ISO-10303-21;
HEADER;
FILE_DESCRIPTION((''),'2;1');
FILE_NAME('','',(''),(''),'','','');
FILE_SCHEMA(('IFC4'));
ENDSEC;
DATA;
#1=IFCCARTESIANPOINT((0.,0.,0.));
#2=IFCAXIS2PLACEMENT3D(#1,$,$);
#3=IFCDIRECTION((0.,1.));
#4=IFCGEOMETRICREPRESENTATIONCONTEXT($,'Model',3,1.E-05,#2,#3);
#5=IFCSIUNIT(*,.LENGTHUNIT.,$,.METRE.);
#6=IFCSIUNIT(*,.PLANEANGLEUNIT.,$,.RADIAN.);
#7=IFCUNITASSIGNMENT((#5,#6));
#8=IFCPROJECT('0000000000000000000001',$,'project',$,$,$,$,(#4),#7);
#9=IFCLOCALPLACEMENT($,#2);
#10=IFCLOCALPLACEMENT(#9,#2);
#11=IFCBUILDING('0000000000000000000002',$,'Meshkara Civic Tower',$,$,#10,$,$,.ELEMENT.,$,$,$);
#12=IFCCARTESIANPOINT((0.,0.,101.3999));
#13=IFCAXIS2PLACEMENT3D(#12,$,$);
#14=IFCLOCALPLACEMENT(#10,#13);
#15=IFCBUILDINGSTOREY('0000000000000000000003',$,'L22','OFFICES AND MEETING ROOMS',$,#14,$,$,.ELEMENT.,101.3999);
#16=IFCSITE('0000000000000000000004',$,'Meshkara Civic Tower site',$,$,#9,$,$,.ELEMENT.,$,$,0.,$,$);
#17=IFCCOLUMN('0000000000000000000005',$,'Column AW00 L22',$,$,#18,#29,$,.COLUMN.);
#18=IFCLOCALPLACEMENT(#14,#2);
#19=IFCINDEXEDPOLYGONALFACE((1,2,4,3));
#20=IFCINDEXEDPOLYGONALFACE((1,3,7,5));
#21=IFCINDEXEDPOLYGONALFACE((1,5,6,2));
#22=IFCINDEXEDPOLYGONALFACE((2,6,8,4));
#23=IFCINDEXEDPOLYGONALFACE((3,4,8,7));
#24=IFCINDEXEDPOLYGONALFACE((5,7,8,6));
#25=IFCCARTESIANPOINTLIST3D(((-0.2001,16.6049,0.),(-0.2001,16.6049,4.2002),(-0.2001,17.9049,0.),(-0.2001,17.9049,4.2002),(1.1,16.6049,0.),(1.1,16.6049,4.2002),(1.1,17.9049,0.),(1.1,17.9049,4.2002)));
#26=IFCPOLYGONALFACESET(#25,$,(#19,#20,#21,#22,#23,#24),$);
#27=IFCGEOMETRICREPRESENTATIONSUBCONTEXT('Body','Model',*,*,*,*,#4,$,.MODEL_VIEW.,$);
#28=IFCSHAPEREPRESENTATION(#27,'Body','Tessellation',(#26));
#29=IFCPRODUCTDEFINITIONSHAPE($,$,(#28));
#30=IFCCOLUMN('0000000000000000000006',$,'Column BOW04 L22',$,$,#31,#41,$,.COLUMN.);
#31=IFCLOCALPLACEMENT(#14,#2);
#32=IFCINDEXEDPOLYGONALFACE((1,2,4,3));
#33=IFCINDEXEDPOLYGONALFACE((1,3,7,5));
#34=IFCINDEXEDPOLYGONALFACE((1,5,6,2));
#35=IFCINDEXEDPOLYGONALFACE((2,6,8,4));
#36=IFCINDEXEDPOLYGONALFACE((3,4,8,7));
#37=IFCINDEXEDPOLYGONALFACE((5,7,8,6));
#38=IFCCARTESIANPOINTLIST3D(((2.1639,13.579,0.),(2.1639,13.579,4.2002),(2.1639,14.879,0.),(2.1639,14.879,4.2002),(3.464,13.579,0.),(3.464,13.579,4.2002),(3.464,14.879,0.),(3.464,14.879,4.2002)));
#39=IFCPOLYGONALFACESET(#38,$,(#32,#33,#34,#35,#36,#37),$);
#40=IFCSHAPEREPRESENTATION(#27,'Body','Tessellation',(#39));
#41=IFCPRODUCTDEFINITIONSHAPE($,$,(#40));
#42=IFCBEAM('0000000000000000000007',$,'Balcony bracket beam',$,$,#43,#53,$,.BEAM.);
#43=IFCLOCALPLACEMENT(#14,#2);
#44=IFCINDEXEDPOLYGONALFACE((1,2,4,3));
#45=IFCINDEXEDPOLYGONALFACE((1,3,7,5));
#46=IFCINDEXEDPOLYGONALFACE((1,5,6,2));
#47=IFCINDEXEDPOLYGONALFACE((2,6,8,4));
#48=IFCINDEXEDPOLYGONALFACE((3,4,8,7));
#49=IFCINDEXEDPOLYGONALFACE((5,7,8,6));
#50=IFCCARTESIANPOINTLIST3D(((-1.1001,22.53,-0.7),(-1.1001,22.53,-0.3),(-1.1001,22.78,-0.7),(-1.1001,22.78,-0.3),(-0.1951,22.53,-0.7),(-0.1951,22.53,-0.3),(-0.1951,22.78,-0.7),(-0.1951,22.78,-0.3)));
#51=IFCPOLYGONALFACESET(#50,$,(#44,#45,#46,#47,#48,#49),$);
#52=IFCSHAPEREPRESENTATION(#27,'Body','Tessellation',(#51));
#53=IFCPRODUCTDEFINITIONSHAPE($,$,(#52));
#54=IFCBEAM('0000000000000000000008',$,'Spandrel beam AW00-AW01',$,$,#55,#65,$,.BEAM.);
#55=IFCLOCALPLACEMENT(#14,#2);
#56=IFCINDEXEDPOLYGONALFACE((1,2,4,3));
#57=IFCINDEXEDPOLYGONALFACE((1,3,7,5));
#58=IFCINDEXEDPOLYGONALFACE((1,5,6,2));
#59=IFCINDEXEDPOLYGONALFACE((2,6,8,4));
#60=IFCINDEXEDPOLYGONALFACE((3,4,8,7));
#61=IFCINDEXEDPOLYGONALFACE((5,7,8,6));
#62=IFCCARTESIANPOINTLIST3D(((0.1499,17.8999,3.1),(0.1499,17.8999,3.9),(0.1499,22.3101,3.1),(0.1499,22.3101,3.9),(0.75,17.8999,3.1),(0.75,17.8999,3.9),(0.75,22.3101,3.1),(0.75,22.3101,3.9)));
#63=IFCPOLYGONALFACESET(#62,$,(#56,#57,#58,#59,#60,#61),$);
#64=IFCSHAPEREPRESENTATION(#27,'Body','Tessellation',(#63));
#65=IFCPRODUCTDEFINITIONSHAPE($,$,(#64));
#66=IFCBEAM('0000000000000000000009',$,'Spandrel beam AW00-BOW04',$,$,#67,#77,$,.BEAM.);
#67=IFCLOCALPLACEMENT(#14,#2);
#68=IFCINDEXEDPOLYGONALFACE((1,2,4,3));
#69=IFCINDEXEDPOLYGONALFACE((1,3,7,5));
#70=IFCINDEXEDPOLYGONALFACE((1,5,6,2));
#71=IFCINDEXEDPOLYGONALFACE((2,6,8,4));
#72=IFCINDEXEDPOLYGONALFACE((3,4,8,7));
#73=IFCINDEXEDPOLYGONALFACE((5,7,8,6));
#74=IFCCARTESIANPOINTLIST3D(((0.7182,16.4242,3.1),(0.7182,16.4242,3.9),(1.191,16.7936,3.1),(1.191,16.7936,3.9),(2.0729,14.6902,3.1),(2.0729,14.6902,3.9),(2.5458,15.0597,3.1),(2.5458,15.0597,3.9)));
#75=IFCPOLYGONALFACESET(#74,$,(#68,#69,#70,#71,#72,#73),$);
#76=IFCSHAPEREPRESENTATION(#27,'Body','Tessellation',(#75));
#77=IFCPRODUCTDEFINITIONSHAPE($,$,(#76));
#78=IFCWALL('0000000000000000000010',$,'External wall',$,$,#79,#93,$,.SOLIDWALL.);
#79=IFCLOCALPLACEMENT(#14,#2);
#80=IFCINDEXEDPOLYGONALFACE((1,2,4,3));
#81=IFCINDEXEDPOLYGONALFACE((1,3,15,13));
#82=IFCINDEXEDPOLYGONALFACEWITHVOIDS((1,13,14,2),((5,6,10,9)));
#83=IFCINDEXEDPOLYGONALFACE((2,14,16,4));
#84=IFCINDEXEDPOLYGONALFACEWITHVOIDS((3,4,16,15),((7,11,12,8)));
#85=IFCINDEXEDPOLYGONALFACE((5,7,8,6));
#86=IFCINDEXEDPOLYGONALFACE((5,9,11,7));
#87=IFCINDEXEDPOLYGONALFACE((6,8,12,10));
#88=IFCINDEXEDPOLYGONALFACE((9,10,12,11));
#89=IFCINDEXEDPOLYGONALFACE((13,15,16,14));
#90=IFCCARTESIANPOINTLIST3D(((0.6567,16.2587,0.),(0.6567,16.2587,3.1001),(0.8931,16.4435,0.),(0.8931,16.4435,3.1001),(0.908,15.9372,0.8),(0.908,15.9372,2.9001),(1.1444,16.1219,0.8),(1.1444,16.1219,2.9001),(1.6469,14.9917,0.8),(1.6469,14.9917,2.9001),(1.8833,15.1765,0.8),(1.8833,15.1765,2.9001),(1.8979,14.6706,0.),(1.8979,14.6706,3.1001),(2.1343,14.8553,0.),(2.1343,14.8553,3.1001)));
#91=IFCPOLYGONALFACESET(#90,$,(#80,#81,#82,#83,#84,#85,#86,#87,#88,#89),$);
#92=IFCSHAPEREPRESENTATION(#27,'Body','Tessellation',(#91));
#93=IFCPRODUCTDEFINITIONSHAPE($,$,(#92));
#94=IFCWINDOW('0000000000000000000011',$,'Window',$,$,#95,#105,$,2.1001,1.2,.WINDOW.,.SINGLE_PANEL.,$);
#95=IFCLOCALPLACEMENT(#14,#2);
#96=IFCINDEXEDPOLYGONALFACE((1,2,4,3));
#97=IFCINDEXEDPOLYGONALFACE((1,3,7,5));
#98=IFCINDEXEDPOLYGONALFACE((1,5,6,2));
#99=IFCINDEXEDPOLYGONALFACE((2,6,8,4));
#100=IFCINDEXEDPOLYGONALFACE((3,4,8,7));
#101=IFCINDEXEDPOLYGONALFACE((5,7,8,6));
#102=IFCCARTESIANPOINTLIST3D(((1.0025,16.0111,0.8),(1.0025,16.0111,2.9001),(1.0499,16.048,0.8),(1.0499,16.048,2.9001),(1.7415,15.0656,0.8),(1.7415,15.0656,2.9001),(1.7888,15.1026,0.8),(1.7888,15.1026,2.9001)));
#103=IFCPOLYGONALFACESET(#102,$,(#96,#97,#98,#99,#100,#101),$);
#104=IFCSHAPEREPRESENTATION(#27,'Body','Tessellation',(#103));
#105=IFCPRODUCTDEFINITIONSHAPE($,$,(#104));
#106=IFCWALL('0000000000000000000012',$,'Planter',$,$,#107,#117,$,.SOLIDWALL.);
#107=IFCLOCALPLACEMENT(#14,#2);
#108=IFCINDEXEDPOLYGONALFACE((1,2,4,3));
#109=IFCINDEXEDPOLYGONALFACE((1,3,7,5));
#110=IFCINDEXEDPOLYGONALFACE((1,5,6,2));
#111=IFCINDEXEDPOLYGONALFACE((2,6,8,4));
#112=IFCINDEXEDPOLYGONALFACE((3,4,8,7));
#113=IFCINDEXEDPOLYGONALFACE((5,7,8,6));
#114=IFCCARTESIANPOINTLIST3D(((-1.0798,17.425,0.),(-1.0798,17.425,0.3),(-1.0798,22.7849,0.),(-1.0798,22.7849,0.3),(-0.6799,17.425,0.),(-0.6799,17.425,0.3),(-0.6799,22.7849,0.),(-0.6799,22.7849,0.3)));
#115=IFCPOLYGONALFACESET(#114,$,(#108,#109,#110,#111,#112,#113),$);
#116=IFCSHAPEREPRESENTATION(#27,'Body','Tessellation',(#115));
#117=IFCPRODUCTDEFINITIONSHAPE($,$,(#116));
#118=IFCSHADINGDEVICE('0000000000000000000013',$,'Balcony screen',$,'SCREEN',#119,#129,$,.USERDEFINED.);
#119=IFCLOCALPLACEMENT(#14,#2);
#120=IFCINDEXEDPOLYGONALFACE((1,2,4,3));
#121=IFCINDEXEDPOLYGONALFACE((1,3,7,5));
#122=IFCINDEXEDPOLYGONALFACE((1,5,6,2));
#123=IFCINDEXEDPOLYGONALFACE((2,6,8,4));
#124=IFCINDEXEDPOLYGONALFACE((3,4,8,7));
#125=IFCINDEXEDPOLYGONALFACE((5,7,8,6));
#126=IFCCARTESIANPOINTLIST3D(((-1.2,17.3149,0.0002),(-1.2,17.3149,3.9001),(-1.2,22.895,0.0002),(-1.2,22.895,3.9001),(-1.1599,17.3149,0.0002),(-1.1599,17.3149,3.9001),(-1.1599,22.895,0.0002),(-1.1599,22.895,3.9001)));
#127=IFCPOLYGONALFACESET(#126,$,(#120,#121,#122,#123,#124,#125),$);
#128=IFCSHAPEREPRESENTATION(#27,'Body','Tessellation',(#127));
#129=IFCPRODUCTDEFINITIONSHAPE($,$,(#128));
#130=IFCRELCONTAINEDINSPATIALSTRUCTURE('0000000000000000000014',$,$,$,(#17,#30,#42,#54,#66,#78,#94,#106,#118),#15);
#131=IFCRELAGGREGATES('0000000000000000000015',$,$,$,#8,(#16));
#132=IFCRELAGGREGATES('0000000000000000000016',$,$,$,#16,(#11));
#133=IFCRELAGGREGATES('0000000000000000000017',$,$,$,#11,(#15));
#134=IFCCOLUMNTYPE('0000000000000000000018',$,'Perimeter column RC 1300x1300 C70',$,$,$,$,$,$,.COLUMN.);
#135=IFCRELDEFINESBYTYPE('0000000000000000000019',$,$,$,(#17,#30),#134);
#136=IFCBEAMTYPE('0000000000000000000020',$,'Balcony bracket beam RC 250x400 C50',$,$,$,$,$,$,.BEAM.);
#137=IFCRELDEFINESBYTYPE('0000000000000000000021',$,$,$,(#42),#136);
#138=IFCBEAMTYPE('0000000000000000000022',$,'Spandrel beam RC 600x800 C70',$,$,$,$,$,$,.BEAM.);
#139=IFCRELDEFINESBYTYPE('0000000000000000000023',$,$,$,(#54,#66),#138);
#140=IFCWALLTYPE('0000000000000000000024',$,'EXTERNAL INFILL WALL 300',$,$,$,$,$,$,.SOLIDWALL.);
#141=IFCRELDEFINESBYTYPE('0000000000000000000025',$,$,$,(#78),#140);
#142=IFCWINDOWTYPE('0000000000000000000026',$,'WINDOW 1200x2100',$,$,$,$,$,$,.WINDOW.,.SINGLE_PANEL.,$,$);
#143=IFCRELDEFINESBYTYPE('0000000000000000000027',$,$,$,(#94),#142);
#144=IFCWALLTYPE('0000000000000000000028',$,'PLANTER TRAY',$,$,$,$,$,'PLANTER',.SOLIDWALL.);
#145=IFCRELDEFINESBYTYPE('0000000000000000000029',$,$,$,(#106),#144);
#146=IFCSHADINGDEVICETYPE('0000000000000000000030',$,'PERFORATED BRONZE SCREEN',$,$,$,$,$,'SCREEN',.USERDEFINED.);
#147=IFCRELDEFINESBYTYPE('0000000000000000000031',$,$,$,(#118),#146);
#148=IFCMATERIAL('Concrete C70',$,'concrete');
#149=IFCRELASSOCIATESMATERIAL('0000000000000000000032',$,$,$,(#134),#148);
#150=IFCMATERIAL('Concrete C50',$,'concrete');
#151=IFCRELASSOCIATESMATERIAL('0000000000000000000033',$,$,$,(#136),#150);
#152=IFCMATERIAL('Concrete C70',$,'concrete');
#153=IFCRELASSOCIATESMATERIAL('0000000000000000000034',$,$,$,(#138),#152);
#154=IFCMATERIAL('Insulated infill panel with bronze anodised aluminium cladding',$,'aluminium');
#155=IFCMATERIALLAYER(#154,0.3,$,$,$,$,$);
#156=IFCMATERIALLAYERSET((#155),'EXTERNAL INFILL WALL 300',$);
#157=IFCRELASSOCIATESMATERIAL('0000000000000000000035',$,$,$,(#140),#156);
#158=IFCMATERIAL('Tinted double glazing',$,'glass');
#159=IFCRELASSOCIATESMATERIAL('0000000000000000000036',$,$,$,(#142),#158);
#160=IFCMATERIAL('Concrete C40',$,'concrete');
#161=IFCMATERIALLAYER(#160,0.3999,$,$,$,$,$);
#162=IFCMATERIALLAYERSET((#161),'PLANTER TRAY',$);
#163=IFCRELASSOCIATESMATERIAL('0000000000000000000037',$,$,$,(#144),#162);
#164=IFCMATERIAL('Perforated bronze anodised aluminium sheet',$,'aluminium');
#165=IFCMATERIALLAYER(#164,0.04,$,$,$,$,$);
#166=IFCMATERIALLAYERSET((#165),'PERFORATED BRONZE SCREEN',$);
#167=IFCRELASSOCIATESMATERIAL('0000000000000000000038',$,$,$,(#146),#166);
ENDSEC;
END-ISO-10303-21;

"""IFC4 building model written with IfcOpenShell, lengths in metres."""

from ifc_helpers import new_model, si_unit, direction, frame, frame_2d, origin, origin_2d, place, context, subcontext, project, spatial, rectangle, extrude, material, layer, layer_set, material_profile, profile_set, type_object, element, fill, save


model = new_model("IFC4")

# Units and contexts
model_context = context("Model", 3, precision=1e-05, world=origin(), true_north=direction((0.0, 1.0)))
body_context = subcontext(model_context, "Body", "Model", "MODEL_VIEW")
ifc_project = project(units=[si_unit("LENGTHUNIT", "METRE"), si_unit("PLANEANGLEUNIT", "RADIAN")], contexts=[model_context])

# Site, building, storey
site_placement = place(None, origin())
site = spatial("IfcSite", under=ifc_project, at=site_placement, Name="Meshkara Civic Tower site", CompositionType="ELEMENT", RefElevation=0.0)
building_placement = place(site_placement, origin())
building = spatial("IfcBuilding", under=site, at=building_placement, Name="Meshkara Civic Tower", CompositionType="ELEMENT")
storey_placement = place(building_placement, frame((0.0, 0.0, 101.3999)))
storey = spatial("IfcBuildingStorey", under=building, at=storey_placement, Name="L22", Description="OFFICES AND MEETING ROOMS", CompositionType="ELEMENT", Elevation=101.3999)

# Columns
ifc_material_1 = material(Name="Concrete C70", Category="concrete")
ifc_material_profile_1 = material_profile(ifc_material_1, rectangle(XDim=1.3, YDim=1.3, at=origin_2d()))
ifc_profile_set_1 = profile_set([ifc_material_profile_1], Name="Concrete C70")
column_type = type_object("IfcColumnType", Name="Perimeter column RC 1300x1300 C70", PredefinedType="COLUMN", material=ifc_profile_set_1)
for number, where, z_axis, x_axis, name in (
    (1, (0.45, 17.2549, 0.0), (0.0, 0.0, 1.0), (1.0, 0.0, 0.0), "Column AW00 L22"),
    (2, (2.814, 14.229, 0.0), (0.0, 0.0, 1.0), (1.0, 0.0, 0.0), "Column BOW04 L22"),
):
    element("IfcColumn", number, at=place(storey_placement, frame(where, z_axis=z_axis, x_axis=x_axis)), inside=storey, type_object=column_type, Name=name, PredefinedType="COLUMN", context=body_context, shape_type="SweptSolid", body=[
        extrude(rectangle(XDim=1.3, YDim=1.3, at=origin_2d()), origin(), (0.0, 0.0, 1.0), 4.2002),
    ])

# Beams
ifc_material_2 = material(Name="Concrete C50", Category="concrete")
ifc_material_profile_2 = material_profile(ifc_material_2, rectangle(XDim=0.25, YDim=0.3999, at=origin_2d()))
ifc_profile_set_2 = profile_set([ifc_material_profile_2], Name="Concrete C50")
beam_type_1 = type_object("IfcBeamType", Name="Balcony bracket beam RC 250x400 C50", PredefinedType="BEAM", material=ifc_profile_set_2)
beam_1_placement = place(storey_placement, frame((-0.1951, 22.655, -0.5), z_axis=(-1.0, 0.0, 0.0), x_axis=(0.0, -1.0, 0.0)))
element("IfcBeam", 3, at=beam_1_placement, inside=storey, type_object=beam_type_1, Name="Balcony bracket beam", PredefinedType="BEAM", context=body_context, shape_type="SweptSolid", body=[
    extrude(rectangle(XDim=0.25, YDim=0.3999, at=origin_2d()), origin(), (0.0, 0.0, 1.0), 0.905),
])
ifc_material_3 = material(Name="Concrete C70", Category="concrete")
ifc_material_profile_3 = material_profile(ifc_material_3, rectangle(XDim=0.6001, YDim=0.8, at=origin_2d()))
ifc_profile_set_3 = profile_set([ifc_material_profile_3], Name="Concrete C70")
beam_type_2 = type_object("IfcBeamType", Name="Spandrel beam RC 600x800 C70", PredefinedType="BEAM", material=ifc_profile_set_3)
beam_2_placement = place(storey_placement, frame((0.45, 22.3101, 3.5), z_axis=(0.0, -1.0, 0.0), x_axis=(1.0, 0.0, 0.0)))
element("IfcBeam", 4, at=beam_2_placement, inside=storey, type_object=beam_type_2, Name="Spandrel beam AW00-AW01", PredefinedType="BEAM", context=body_context, shape_type="SweptSolid", body=[
    extrude(rectangle(XDim=0.6001, YDim=0.8, at=origin_2d()), origin(), (0.0, 0.0, 1.0), 4.4102),
])
beam_3_placement = place(storey_placement, frame((0.9546, 16.6089, 3.5), z_axis=(0.615683, -0.787994, 0.0), x_axis=(0.787994, 0.615683, 0.0)))
element("IfcBeam", 5, at=beam_3_placement, inside=storey, type_object=beam_type_2, Name="Spandrel beam AW00-BOW04", PredefinedType="BEAM", context=body_context, shape_type="SweptSolid", body=[
    extrude(rectangle(XDim=0.6001, YDim=0.8, at=origin_2d()), origin(), (0.0, 0.0, 1.0), 2.2004),
])

# Wall, opening, window
ifc_material_4 = material(Name="Insulated infill panel with bronze anodised aluminium cladding", Category="aluminium")
ifc_layer_1 = layer(ifc_material_4, 0.3)
ifc_layer_set_1 = layer_set([ifc_layer_1], Name="EXTERNAL INFILL WALL 300")
wall_type_1 = type_object("IfcWallType", Name="EXTERNAL INFILL WALL 300", PredefinedType="SOLIDWALL", material=ifc_layer_set_1)
wall_1_placement = place(storey_placement, frame((0.7749, 16.3511, 0.0), z_axis=(0.0, 0.0, 1.0), x_axis=(0.615792, -0.787909, 0.0)))
wall_1 = element("IfcWall", 6, at=wall_1_placement, inside=storey, type_object=wall_type_1, Name="External wall", PredefinedType="SOLIDWALL", context=body_context, shape_type="SweptSolid", body=[
    extrude(rectangle(XDim=2.0156, YDim=0.3, at=frame_2d((1.0078, 0.0))), origin(), (0.0, 0.0, 1.0), 3.1001),
])
opening_1_placement = place(wall_1_placement, frame((0.408, 0.0, 0.8)))
opening_1 = element("IfcOpeningElement", 7, at=opening_1_placement, cuts=wall_1, PredefinedType="OPENING", context=body_context, shape_type="SweptSolid", body=[
    extrude(rectangle(XDim=1.2, YDim=2.1001, at=frame_2d((0.6001, 1.05))), frame((0.0, 0.1599, 0.0), z_axis=(0.0, -1.0, 0.0), x_axis=(1.0, 0.0, 0.0)), (0.0, 0.0, 1.0), 0.3201),
])
ifc_material_5 = material(Name="Tinted double glazing", Category="glass")
window_type = type_object("IfcWindowType", Name="WINDOW 1200x2100", PartitioningType="SINGLE_PANEL", PredefinedType="WINDOW", material=ifc_material_5)
window_placement = place(opening_1_placement, origin())
window = element("IfcWindow", 8, at=window_placement, inside=storey, type_object=window_type, Name="Window", OverallHeight=2.1001, OverallWidth=1.2, PartitioningType="SINGLE_PANEL", PredefinedType="WINDOW", context=body_context, shape_type="SweptSolid", body=[
    extrude(rectangle(XDim=1.2, YDim=2.1001, at=frame_2d((0.6001, 1.05))), frame((0.0, 0.03, 0.0), z_axis=(0.0, -1.0, 0.0), x_axis=(1.0, 0.0, 0.0)), (0.0, 0.0, 1.0), 0.0601),
])
fill(opening_1, window)

# Wall
ifc_material_6 = material(Name="Concrete C40", Category="concrete")
ifc_layer_2 = layer(ifc_material_6, 0.3999)
ifc_layer_set_2 = layer_set([ifc_layer_2], Name="PLANTER TRAY")
wall_type_2 = type_object("IfcWallType", Name="PLANTER TRAY", ElementType="PLANTER", PredefinedType="SOLIDWALL", material=ifc_layer_set_2)
wall_2_placement = place(storey_placement, frame((-0.8799, 22.7849, 0.0), z_axis=(0.0, 0.0, 1.0), x_axis=(0.0, -1.0, 0.0)))
element("IfcWall", 9, at=wall_2_placement, inside=storey, type_object=wall_type_2, Name="Planter", PredefinedType="SOLIDWALL", context=body_context, shape_type="SweptSolid", body=[
    extrude(rectangle(XDim=5.3599, YDim=0.3999, at=frame_2d((2.6799, 0.0))), origin(), (0.0, 0.0, 1.0), 0.3),
])

# Shading device
ifc_material_7 = material(Name="Perforated bronze anodised aluminium sheet", Category="aluminium")
ifc_layer_3 = layer(ifc_material_7, 0.04)
ifc_layer_set_3 = layer_set([ifc_layer_3], Name="PERFORATED BRONZE SCREEN")
shading_device_type = type_object("IfcShadingDeviceType", Name="PERFORATED BRONZE SCREEN", ElementType="SCREEN", PredefinedType="USERDEFINED", material=ifc_layer_set_3)
shading_device_placement = place(storey_placement, frame((-1.1799, 20.105, 0.0002), z_axis=(0.0, 0.0, 1.0), x_axis=(0.0, -1.0, 0.0)))
element("IfcShadingDevice", 10, at=shading_device_placement, inside=storey, type_object=shading_device_type, Name="Balcony screen", ObjectType="SCREEN", PredefinedType="USERDEFINED", context=body_context, shape_type="SweptSolid", body=[
    extrude(rectangle(XDim=5.5801, YDim=0.04, at=origin_2d()), origin(), (0.0, 0.0, 1.0), 3.8999),
])

save(model, "model.ifc")
